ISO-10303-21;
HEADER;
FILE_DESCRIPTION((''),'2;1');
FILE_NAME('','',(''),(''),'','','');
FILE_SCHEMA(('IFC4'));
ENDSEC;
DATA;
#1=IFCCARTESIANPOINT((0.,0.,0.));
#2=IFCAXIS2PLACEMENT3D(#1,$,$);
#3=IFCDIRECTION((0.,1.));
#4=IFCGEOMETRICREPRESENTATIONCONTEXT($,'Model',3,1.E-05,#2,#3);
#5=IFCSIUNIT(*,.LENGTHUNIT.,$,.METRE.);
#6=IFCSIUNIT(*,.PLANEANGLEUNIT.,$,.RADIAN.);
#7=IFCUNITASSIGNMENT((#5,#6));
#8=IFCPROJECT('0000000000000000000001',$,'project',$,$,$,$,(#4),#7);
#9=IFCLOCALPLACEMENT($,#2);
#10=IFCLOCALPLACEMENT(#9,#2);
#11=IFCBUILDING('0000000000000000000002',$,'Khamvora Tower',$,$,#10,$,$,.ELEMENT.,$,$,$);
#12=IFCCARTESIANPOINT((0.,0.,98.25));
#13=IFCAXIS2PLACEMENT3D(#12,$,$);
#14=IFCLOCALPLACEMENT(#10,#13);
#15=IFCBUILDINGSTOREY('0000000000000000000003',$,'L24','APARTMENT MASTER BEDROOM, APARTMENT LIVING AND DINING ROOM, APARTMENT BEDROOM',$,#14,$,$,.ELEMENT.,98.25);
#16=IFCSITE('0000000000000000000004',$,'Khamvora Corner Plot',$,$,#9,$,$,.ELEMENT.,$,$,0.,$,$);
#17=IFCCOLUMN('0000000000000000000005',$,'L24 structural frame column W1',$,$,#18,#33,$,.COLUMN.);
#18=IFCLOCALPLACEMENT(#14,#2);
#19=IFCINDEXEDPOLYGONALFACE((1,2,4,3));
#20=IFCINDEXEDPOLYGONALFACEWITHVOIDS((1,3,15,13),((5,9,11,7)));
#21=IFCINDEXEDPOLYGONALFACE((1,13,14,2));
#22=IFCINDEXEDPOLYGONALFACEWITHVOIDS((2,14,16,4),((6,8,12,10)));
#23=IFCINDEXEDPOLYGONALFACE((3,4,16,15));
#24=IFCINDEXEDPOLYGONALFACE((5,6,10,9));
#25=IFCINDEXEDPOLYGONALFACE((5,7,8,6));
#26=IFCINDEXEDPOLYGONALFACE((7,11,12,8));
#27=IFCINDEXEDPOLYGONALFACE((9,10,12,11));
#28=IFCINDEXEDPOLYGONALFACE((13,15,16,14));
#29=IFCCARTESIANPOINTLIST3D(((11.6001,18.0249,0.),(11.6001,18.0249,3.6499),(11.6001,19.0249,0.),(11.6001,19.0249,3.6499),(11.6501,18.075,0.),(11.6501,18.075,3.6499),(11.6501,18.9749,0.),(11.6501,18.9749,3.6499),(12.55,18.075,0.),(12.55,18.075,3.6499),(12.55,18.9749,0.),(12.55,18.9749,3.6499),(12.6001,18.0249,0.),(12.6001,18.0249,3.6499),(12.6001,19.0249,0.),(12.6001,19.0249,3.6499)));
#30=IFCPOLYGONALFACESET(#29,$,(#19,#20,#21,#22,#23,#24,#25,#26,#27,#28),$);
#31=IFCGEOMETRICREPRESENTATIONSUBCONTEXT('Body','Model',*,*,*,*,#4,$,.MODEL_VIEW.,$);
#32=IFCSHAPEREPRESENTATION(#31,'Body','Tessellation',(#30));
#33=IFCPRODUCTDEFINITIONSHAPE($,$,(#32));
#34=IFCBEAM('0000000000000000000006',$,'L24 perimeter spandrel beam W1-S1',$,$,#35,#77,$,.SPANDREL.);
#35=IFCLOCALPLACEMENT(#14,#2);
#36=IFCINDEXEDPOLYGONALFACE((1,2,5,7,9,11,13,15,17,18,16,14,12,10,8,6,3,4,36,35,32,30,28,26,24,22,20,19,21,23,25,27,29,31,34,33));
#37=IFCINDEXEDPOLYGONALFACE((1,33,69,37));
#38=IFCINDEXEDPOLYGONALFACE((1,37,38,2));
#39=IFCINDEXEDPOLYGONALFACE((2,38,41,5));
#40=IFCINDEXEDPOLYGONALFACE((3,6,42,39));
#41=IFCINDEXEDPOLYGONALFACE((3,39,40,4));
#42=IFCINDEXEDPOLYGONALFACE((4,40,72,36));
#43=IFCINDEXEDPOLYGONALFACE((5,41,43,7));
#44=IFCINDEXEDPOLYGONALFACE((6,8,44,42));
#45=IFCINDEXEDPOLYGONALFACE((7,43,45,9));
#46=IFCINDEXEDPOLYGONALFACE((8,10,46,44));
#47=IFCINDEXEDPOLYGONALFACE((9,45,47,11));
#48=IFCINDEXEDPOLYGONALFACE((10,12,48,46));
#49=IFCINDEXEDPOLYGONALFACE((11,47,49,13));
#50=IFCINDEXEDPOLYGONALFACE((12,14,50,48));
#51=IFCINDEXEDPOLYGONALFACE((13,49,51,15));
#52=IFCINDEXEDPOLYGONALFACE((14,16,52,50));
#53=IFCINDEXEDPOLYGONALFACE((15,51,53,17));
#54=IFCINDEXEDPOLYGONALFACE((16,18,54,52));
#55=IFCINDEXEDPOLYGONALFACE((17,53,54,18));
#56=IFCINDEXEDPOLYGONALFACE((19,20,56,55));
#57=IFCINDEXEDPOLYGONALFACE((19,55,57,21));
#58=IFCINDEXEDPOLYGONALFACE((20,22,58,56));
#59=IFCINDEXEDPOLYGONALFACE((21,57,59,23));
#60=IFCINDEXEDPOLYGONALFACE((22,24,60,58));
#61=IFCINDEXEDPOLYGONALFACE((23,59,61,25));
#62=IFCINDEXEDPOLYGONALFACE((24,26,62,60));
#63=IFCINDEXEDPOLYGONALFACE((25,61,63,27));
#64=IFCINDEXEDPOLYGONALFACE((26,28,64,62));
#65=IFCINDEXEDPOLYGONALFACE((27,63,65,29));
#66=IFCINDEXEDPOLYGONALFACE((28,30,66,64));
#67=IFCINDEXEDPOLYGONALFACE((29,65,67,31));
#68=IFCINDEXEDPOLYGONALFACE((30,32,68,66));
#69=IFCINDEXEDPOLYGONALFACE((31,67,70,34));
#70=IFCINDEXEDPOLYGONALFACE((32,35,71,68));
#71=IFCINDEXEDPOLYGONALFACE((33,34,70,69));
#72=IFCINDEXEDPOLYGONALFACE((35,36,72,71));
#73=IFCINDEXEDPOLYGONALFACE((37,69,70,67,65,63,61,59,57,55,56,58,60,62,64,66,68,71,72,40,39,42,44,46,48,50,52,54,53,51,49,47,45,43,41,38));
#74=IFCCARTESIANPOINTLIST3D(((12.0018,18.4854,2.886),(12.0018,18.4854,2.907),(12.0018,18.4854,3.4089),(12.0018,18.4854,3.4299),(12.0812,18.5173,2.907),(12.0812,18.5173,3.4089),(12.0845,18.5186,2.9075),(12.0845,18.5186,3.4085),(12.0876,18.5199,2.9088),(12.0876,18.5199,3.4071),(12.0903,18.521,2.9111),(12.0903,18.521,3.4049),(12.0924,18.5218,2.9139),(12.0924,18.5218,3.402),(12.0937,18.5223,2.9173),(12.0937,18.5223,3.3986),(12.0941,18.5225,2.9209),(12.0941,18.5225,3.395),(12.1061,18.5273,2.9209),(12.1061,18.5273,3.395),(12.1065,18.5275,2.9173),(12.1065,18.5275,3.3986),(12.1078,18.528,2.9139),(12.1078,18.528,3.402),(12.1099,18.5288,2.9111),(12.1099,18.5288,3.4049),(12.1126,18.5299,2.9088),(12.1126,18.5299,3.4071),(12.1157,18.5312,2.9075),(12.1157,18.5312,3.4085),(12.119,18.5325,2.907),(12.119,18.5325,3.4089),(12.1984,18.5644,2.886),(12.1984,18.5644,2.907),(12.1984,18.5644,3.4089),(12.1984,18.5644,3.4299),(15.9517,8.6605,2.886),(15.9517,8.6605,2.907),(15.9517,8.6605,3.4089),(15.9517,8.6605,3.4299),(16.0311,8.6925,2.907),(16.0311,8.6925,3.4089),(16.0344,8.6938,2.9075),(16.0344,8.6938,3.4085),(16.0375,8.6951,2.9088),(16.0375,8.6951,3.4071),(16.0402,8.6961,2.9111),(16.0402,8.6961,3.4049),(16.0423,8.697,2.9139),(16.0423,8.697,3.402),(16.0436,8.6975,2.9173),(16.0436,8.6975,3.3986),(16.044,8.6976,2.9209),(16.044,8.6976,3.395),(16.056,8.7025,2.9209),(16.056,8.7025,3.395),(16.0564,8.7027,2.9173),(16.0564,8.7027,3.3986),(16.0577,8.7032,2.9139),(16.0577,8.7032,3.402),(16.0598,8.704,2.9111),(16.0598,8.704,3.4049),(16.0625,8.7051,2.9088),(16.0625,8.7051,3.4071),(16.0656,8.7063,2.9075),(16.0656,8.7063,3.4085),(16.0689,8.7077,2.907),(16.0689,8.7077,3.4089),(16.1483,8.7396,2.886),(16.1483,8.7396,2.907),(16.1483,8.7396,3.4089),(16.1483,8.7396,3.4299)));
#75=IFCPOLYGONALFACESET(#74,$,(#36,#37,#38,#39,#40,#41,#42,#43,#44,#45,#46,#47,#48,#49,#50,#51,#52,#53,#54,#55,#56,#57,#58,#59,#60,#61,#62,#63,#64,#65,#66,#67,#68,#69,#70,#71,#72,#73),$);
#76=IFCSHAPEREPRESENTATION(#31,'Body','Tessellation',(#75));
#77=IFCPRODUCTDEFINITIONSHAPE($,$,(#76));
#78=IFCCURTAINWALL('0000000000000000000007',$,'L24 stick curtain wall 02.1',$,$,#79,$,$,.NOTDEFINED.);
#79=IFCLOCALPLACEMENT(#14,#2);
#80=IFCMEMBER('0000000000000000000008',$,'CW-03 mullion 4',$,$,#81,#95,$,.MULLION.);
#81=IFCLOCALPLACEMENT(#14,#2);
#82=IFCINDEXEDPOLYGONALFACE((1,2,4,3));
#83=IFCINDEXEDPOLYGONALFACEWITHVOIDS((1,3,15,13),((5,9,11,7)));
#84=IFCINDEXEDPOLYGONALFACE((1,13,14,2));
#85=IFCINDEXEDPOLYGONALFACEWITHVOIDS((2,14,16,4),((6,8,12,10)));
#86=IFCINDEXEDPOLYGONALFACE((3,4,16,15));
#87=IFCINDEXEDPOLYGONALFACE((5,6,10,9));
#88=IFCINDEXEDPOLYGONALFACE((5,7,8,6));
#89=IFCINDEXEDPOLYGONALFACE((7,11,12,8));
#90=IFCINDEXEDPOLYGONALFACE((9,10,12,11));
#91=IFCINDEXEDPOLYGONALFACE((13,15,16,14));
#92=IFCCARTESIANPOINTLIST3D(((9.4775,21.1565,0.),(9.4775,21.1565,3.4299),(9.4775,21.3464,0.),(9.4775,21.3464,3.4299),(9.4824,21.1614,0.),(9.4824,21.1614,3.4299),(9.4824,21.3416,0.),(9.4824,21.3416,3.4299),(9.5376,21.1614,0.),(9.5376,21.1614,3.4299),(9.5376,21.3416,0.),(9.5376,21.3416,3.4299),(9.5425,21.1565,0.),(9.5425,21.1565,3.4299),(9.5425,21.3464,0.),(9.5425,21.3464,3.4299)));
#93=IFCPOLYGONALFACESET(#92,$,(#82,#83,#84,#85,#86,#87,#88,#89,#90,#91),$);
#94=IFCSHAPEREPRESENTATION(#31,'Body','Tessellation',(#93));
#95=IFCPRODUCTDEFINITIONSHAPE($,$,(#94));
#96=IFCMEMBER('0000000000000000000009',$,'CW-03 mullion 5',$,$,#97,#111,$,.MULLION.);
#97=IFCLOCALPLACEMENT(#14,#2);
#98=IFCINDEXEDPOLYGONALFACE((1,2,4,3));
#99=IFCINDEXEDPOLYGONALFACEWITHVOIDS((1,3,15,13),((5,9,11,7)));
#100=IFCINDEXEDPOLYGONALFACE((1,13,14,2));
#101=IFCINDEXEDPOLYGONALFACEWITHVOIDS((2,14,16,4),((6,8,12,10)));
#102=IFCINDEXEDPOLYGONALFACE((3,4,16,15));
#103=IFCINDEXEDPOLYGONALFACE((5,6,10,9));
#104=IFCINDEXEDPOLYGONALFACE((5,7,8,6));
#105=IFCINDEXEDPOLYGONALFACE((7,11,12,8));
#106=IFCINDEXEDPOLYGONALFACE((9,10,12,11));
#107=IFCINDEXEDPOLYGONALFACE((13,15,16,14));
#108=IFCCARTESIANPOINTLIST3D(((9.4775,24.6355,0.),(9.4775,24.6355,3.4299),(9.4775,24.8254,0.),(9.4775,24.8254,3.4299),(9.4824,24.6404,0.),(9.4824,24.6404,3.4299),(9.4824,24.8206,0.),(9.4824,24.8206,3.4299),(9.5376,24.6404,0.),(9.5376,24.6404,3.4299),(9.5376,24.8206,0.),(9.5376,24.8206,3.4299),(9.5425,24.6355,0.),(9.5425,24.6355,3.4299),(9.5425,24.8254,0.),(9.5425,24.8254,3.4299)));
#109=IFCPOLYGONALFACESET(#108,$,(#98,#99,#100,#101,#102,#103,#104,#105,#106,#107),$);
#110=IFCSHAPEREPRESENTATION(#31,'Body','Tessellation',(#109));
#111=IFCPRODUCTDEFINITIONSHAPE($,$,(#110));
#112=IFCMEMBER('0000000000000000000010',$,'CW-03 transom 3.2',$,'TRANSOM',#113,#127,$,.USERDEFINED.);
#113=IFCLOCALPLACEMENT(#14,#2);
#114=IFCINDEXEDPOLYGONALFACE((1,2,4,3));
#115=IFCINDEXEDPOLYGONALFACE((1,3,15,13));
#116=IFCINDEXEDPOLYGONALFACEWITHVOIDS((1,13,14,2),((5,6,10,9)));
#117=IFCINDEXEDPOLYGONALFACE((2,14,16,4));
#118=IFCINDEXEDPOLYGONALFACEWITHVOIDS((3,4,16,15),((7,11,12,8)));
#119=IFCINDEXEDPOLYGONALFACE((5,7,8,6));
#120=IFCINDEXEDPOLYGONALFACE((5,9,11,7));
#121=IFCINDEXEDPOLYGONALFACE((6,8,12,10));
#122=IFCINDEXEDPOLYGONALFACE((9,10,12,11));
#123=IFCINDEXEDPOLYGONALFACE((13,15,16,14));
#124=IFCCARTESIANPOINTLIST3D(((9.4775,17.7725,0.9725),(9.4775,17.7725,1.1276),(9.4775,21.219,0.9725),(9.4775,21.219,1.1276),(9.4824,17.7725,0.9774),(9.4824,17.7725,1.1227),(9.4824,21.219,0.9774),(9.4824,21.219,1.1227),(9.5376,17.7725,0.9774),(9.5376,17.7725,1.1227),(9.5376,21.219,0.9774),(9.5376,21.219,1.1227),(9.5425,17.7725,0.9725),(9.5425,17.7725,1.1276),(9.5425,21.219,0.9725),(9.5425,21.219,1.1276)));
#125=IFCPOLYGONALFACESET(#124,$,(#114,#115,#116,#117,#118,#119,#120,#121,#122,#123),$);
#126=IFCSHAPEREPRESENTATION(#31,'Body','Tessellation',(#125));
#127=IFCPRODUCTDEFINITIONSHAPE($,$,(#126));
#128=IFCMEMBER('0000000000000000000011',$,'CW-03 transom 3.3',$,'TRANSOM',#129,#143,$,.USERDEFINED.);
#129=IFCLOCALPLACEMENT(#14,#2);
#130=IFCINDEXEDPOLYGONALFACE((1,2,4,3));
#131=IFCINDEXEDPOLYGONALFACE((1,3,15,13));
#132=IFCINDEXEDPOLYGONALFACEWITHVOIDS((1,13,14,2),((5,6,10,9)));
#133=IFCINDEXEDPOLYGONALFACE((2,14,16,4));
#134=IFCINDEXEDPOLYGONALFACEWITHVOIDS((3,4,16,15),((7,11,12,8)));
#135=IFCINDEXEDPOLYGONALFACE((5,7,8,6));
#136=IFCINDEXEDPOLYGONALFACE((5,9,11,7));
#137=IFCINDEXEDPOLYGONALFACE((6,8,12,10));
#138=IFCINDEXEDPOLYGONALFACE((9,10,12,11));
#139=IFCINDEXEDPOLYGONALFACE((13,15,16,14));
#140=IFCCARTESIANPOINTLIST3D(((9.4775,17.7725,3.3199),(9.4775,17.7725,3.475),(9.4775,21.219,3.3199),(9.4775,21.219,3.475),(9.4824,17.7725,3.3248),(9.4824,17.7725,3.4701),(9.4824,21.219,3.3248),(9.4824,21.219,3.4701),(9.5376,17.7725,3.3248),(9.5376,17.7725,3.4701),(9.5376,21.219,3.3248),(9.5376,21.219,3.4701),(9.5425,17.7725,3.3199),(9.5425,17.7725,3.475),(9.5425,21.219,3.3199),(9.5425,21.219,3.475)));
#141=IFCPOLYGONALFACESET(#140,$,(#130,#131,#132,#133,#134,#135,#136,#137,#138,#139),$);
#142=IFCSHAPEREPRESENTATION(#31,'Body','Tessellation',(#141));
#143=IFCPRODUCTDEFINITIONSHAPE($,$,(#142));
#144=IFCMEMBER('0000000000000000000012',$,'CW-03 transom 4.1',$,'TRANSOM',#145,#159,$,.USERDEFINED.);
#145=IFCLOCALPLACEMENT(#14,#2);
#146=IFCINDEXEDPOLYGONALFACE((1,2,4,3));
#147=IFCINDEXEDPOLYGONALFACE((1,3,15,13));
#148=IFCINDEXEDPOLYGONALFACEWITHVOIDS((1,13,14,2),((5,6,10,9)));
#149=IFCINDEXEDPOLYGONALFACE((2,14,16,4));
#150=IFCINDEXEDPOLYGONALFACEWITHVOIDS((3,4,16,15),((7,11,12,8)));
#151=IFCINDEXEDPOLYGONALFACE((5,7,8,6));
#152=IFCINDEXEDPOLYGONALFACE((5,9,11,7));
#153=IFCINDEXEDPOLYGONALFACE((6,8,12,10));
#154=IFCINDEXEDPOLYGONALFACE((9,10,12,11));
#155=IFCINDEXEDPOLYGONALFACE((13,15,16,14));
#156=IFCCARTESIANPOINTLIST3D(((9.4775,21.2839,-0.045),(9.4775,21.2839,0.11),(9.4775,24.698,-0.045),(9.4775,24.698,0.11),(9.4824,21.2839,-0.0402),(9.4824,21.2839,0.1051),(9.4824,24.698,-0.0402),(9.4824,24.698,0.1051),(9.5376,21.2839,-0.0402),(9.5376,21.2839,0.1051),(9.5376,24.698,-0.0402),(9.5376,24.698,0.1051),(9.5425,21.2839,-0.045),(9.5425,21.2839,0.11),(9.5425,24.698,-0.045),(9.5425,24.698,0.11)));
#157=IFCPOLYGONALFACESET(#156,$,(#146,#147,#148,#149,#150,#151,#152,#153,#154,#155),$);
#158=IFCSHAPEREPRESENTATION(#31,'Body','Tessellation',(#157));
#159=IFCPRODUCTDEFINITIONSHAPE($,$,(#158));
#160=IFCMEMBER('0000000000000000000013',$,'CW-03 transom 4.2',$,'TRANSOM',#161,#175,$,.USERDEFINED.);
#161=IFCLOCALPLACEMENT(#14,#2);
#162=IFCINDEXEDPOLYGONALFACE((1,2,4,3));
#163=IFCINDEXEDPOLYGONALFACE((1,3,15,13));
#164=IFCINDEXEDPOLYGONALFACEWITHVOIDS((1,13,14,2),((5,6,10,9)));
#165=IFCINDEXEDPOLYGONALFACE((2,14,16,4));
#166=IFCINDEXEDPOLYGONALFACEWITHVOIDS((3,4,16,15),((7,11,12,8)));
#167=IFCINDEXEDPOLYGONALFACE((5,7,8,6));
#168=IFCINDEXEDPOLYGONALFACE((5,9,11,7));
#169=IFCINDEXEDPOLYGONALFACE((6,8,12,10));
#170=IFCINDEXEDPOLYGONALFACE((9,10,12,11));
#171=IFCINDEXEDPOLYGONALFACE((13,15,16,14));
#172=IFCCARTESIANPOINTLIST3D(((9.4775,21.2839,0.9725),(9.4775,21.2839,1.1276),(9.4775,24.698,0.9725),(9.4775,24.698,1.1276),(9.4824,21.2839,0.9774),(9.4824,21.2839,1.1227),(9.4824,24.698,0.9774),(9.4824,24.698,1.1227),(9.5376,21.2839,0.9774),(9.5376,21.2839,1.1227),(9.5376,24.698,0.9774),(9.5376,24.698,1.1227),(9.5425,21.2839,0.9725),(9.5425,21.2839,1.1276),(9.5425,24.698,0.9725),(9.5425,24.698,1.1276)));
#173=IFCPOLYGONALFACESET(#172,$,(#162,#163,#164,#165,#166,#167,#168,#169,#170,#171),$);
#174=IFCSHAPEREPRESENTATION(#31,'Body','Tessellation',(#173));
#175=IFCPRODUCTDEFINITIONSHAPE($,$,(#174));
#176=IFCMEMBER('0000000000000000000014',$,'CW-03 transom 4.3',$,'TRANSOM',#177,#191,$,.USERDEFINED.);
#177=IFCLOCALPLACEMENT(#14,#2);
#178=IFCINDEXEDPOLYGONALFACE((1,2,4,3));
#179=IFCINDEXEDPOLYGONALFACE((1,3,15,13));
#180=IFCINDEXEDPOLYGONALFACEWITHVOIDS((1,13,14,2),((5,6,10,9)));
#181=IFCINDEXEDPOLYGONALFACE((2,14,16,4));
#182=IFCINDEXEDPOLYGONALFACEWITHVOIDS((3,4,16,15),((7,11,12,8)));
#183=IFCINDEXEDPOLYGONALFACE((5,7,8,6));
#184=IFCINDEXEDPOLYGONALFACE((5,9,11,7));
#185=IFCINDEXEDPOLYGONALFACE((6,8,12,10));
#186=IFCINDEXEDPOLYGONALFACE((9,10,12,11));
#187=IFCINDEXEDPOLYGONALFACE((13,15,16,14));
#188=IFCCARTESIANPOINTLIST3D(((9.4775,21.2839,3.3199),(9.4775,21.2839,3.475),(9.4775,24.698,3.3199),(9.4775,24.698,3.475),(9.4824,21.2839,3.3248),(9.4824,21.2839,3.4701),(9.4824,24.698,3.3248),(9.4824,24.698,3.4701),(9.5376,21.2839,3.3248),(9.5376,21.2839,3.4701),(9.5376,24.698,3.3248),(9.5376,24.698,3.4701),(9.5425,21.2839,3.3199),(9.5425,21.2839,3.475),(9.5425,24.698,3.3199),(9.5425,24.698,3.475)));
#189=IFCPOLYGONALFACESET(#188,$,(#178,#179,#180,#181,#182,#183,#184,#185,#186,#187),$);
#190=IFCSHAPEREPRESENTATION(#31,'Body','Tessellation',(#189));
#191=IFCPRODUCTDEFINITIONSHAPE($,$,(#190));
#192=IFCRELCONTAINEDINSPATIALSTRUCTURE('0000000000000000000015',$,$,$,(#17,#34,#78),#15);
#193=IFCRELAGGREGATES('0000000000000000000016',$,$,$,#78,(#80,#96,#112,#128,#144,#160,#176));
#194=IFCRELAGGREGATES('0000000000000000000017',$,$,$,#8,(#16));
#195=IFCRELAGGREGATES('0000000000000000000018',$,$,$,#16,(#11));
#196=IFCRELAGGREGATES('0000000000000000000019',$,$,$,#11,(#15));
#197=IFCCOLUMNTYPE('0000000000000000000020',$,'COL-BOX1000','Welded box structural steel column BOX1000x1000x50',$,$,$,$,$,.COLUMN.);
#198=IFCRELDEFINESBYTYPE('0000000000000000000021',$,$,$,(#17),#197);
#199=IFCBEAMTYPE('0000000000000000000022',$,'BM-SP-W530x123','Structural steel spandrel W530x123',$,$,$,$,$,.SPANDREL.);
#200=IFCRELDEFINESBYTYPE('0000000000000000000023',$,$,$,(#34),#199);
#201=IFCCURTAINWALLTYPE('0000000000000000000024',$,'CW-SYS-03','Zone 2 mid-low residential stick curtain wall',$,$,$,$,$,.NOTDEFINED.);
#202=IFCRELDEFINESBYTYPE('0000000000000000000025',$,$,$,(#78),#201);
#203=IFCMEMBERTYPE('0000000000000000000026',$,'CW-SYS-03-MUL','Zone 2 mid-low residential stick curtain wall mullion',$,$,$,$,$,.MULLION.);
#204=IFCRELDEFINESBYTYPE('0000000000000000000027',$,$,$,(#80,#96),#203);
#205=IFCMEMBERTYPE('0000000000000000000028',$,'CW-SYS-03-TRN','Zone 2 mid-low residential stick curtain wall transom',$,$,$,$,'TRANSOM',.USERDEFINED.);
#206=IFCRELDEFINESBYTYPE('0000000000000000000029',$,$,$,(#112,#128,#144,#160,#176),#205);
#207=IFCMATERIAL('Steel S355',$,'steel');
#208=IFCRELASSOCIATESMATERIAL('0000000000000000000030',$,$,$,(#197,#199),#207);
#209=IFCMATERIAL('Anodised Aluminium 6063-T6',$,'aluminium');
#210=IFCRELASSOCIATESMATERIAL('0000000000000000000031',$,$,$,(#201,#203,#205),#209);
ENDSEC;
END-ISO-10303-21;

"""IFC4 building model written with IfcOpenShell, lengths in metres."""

from ifc_helpers import new_model, si_unit, direction, frame, origin, origin_2d, place, context, subcontext, project, spatial, hollow_rectangle, i_section, extrude, material, material_profile, profile_set, type_object, element, aggregate, save


model = new_model("IFC4")

# Units and contexts
model_context = context("Model", 3, precision=1e-05, world=origin(), true_north=direction((0.0, 1.0)))
body_context = subcontext(model_context, "Body", "Model", "MODEL_VIEW")
ifc_project = project(units=[si_unit("LENGTHUNIT", "METRE"), si_unit("PLANEANGLEUNIT", "RADIAN")], contexts=[model_context])

# Site, building, storey
site_placement = place(None, origin())
site = spatial("IfcSite", under=ifc_project, at=site_placement, Name="Khamvora Corner Plot", CompositionType="ELEMENT", RefElevation=0.0)
building_placement = place(site_placement, origin())
building = spatial("IfcBuilding", under=site, at=building_placement, Name="Khamvora Tower", CompositionType="ELEMENT")
storey_placement = place(building_placement, frame((0.0, 0.0, 98.25)))
storey = spatial("IfcBuildingStorey", under=building, at=storey_placement, Name="L24", Description="APARTMENT MASTER BEDROOM, APARTMENT LIVING AND DINING ROOM, APARTMENT BEDROOM", CompositionType="ELEMENT", Elevation=98.25)

# Column
ifc_material_1 = material(Name="Steel S355", Category="steel")
ifc_material_profile_1 = material_profile(ifc_material_1, hollow_rectangle(XDim=1.0, YDim=1.0, WallThickness=0.05, at=origin_2d()), Name="BOX1000x1000x50")
ifc_profile_set_1 = profile_set([ifc_material_profile_1], Name="Steel S355")
column_type = type_object("IfcColumnType", Name="COL-BOX1000", Description="Welded box structural steel column BOX1000x1000x50", PredefinedType="COLUMN", material=ifc_profile_set_1)
column_placement = place(storey_placement, frame((12.1001, 18.5249, 0.0), z_axis=(0.0, 0.0, 1.0), x_axis=(1.0, 0.0, 0.0)))
element("IfcColumn", 1, at=column_placement, inside=storey, type_object=column_type, Name="L24 structural frame column W1", PredefinedType="COLUMN", context=body_context, shape_type="SweptSolid", body=[
    extrude(hollow_rectangle(XDim=1.0, YDim=1.0, WallThickness=0.05, at=origin_2d()), origin(), (0.0, 0.0, 1.0), 3.6499),
])

# Beam
ifc_material_profile_2 = material_profile(ifc_material_1, i_section(OverallWidth=0.2119, OverallDepth=0.5439, WebThickness=0.0129, FlangeThickness=0.021, FilletRadius=0.0139, at=origin_2d()), Name="W530x123")
ifc_profile_set_2 = profile_set([ifc_material_profile_2], Name="Steel S355")
beam_type = type_object("IfcBeamType", Name="BM-SP-W530x123", Description="Structural steel spandrel W530x123", PredefinedType="SPANDREL", material=ifc_profile_set_2)
beam_placement = place(storey_placement, frame((12.1001, 18.5249, 3.158), z_axis=(0.373016, -0.927825, 0.0), x_axis=(0.927825, 0.373016, 0.0)))
element("IfcBeam", 2, at=beam_placement, inside=storey, type_object=beam_type, Name="L24 perimeter spandrel beam W1-S1", PredefinedType="SPANDREL", context=body_context, shape_type="SweptSolid", body=[
    extrude(i_section(OverallWidth=0.2119, OverallDepth=0.5439, WebThickness=0.0129, FlangeThickness=0.021, FilletRadius=0.0139, at=origin_2d()), origin(), (0.0, 0.0, 1.0), 10.5891),
])

# Curtain wall, members
ifc_material_2 = material(Name="Anodised Aluminium 6063-T6", Category="aluminium")
curtain_wall_type = type_object("IfcCurtainWallType", Name="CW-SYS-03", Description="Zone 2 mid-low residential stick curtain wall", PredefinedType="NOTDEFINED", material=ifc_material_2)
curtain_wall_placement = place(storey_placement, origin())
curtain_wall = element("IfcCurtainWall", 3, at=curtain_wall_placement, inside=storey, type_object=curtain_wall_type, Name="L24 stick curtain wall 02.1", PredefinedType="NOTDEFINED")
ifc_material_profile_3 = material_profile(ifc_material_2, hollow_rectangle(XDim=0.0649, YDim=0.1899, WallThickness=0.0049, at=origin_2d()), Name="MUL65x190x5")
ifc_profile_set_3 = profile_set([ifc_material_profile_3], Name="Anodised Aluminium 6063-T6")
member_type_1 = type_object("IfcMemberType", Name="CW-SYS-03-MUL", Description="Zone 2 mid-low residential stick curtain wall mullion", PredefinedType="MULLION", material=ifc_profile_set_3)
member_1_placement = place(storey_placement, frame((9.51, 21.2515, 0.0), z_axis=(0.0, 0.0, 1.0), x_axis=(-1.0, 0.0, 0.0)))
member_1 = element("IfcMember", 4, at=member_1_placement, type_object=member_type_1, Name="CW-03 mullion 4", PredefinedType="MULLION", context=body_context, shape_type="SweptSolid", body=[
    extrude(hollow_rectangle(XDim=0.0649, YDim=0.1899, WallThickness=0.0049, at=origin_2d()), origin(), (0.0, 0.0, 1.0), 3.4299),
])
member_2_placement = place(storey_placement, frame((9.51, 24.7305, 0.0), z_axis=(0.0, 0.0, 1.0), x_axis=(-1.0, 0.0, 0.0)))
member_2 = element("IfcMember", 5, at=member_2_placement, type_object=member_type_1, Name="CW-03 mullion 5", PredefinedType="MULLION", context=body_context, shape_type="SweptSolid", body=[
    extrude(hollow_rectangle(XDim=0.0649, YDim=0.1899, WallThickness=0.0049, at=origin_2d()), origin(), (0.0, 0.0, 1.0), 3.4299),
])
ifc_material_profile_4 = material_profile(ifc_material_2, hollow_rectangle(XDim=0.0649, YDim=0.155, WallThickness=0.0049, at=origin_2d()), Name="TRN65x155x5")
ifc_profile_set_4 = profile_set([ifc_material_profile_4], Name="Anodised Aluminium 6063-T6")
member_type_2 = type_object("IfcMemberType", Name="CW-SYS-03-TRN", Description="Zone 2 mid-low residential stick curtain wall transom", ElementType="TRANSOM", PredefinedType="USERDEFINED", material=ifc_profile_set_4)
member_3_placement = place(storey_placement, frame((9.51, 17.7725, 1.05), z_axis=(0.0, 1.0, 0.0), x_axis=(-1.0, 0.0, 0.0)))
member_3 = element("IfcMember", 6, at=member_3_placement, type_object=member_type_2, Name="CW-03 transom 3.2", ObjectType="TRANSOM", PredefinedType="USERDEFINED", context=body_context, shape_type="SweptSolid", body=[
    extrude(hollow_rectangle(XDim=0.0649, YDim=0.155, WallThickness=0.0049, at=origin_2d()), origin(), (0.0, 0.0, 1.0), 3.4465),
])
member_4_placement = place(storey_placement, frame((9.51, 17.7725, 3.3975), z_axis=(0.0, 1.0, 0.0), x_axis=(-1.0, 0.0, 0.0)))
member_4 = element("IfcMember", 7, at=member_4_placement, type_object=member_type_2, Name="CW-03 transom 3.3", ObjectType="TRANSOM", PredefinedType="USERDEFINED", context=body_context, shape_type="SweptSolid", body=[
    extrude(hollow_rectangle(XDim=0.0649, YDim=0.155, WallThickness=0.0049, at=origin_2d()), origin(), (0.0, 0.0, 1.0), 3.4465),
])
member_5_placement = place(storey_placement, frame((9.51, 21.2839, 0.0325), z_axis=(0.0, 1.0, 0.0), x_axis=(-1.0, 0.0, 0.0)))
member_5 = element("IfcMember", 8, at=member_5_placement, type_object=member_type_2, Name="CW-03 transom 4.1", ObjectType="TRANSOM", PredefinedType="USERDEFINED", context=body_context, shape_type="SweptSolid", body=[
    extrude(hollow_rectangle(XDim=0.0649, YDim=0.155, WallThickness=0.0049, at=origin_2d()), origin(), (0.0, 0.0, 1.0), 3.4141),
])
member_6_placement = place(storey_placement, frame((9.51, 21.2839, 1.05), z_axis=(0.0, 1.0, 0.0), x_axis=(-1.0, 0.0, 0.0)))
member_6 = element("IfcMember", 9, at=member_6_placement, type_object=member_type_2, Name="CW-03 transom 4.2", ObjectType="TRANSOM", PredefinedType="USERDEFINED", context=body_context, shape_type="SweptSolid", body=[
    extrude(hollow_rectangle(XDim=0.0649, YDim=0.155, WallThickness=0.0049, at=origin_2d()), origin(), (0.0, 0.0, 1.0), 3.4141),
])
member_7_placement = place(storey_placement, frame((9.51, 21.2839, 3.3975), z_axis=(0.0, 1.0, 0.0), x_axis=(-1.0, 0.0, 0.0)))
member_7 = element("IfcMember", 10, at=member_7_placement, type_object=member_type_2, Name="CW-03 transom 4.3", ObjectType="TRANSOM", PredefinedType="USERDEFINED", context=body_context, shape_type="SweptSolid", body=[
    extrude(hollow_rectangle(XDim=0.0649, YDim=0.155, WallThickness=0.0049, at=origin_2d()), origin(), (0.0, 0.0, 1.0), 3.4141),
])
aggregate(curtain_wall, [member_1, member_2, member_3, member_4, member_5, member_6, member_7])

save(model, "model.ifc")
